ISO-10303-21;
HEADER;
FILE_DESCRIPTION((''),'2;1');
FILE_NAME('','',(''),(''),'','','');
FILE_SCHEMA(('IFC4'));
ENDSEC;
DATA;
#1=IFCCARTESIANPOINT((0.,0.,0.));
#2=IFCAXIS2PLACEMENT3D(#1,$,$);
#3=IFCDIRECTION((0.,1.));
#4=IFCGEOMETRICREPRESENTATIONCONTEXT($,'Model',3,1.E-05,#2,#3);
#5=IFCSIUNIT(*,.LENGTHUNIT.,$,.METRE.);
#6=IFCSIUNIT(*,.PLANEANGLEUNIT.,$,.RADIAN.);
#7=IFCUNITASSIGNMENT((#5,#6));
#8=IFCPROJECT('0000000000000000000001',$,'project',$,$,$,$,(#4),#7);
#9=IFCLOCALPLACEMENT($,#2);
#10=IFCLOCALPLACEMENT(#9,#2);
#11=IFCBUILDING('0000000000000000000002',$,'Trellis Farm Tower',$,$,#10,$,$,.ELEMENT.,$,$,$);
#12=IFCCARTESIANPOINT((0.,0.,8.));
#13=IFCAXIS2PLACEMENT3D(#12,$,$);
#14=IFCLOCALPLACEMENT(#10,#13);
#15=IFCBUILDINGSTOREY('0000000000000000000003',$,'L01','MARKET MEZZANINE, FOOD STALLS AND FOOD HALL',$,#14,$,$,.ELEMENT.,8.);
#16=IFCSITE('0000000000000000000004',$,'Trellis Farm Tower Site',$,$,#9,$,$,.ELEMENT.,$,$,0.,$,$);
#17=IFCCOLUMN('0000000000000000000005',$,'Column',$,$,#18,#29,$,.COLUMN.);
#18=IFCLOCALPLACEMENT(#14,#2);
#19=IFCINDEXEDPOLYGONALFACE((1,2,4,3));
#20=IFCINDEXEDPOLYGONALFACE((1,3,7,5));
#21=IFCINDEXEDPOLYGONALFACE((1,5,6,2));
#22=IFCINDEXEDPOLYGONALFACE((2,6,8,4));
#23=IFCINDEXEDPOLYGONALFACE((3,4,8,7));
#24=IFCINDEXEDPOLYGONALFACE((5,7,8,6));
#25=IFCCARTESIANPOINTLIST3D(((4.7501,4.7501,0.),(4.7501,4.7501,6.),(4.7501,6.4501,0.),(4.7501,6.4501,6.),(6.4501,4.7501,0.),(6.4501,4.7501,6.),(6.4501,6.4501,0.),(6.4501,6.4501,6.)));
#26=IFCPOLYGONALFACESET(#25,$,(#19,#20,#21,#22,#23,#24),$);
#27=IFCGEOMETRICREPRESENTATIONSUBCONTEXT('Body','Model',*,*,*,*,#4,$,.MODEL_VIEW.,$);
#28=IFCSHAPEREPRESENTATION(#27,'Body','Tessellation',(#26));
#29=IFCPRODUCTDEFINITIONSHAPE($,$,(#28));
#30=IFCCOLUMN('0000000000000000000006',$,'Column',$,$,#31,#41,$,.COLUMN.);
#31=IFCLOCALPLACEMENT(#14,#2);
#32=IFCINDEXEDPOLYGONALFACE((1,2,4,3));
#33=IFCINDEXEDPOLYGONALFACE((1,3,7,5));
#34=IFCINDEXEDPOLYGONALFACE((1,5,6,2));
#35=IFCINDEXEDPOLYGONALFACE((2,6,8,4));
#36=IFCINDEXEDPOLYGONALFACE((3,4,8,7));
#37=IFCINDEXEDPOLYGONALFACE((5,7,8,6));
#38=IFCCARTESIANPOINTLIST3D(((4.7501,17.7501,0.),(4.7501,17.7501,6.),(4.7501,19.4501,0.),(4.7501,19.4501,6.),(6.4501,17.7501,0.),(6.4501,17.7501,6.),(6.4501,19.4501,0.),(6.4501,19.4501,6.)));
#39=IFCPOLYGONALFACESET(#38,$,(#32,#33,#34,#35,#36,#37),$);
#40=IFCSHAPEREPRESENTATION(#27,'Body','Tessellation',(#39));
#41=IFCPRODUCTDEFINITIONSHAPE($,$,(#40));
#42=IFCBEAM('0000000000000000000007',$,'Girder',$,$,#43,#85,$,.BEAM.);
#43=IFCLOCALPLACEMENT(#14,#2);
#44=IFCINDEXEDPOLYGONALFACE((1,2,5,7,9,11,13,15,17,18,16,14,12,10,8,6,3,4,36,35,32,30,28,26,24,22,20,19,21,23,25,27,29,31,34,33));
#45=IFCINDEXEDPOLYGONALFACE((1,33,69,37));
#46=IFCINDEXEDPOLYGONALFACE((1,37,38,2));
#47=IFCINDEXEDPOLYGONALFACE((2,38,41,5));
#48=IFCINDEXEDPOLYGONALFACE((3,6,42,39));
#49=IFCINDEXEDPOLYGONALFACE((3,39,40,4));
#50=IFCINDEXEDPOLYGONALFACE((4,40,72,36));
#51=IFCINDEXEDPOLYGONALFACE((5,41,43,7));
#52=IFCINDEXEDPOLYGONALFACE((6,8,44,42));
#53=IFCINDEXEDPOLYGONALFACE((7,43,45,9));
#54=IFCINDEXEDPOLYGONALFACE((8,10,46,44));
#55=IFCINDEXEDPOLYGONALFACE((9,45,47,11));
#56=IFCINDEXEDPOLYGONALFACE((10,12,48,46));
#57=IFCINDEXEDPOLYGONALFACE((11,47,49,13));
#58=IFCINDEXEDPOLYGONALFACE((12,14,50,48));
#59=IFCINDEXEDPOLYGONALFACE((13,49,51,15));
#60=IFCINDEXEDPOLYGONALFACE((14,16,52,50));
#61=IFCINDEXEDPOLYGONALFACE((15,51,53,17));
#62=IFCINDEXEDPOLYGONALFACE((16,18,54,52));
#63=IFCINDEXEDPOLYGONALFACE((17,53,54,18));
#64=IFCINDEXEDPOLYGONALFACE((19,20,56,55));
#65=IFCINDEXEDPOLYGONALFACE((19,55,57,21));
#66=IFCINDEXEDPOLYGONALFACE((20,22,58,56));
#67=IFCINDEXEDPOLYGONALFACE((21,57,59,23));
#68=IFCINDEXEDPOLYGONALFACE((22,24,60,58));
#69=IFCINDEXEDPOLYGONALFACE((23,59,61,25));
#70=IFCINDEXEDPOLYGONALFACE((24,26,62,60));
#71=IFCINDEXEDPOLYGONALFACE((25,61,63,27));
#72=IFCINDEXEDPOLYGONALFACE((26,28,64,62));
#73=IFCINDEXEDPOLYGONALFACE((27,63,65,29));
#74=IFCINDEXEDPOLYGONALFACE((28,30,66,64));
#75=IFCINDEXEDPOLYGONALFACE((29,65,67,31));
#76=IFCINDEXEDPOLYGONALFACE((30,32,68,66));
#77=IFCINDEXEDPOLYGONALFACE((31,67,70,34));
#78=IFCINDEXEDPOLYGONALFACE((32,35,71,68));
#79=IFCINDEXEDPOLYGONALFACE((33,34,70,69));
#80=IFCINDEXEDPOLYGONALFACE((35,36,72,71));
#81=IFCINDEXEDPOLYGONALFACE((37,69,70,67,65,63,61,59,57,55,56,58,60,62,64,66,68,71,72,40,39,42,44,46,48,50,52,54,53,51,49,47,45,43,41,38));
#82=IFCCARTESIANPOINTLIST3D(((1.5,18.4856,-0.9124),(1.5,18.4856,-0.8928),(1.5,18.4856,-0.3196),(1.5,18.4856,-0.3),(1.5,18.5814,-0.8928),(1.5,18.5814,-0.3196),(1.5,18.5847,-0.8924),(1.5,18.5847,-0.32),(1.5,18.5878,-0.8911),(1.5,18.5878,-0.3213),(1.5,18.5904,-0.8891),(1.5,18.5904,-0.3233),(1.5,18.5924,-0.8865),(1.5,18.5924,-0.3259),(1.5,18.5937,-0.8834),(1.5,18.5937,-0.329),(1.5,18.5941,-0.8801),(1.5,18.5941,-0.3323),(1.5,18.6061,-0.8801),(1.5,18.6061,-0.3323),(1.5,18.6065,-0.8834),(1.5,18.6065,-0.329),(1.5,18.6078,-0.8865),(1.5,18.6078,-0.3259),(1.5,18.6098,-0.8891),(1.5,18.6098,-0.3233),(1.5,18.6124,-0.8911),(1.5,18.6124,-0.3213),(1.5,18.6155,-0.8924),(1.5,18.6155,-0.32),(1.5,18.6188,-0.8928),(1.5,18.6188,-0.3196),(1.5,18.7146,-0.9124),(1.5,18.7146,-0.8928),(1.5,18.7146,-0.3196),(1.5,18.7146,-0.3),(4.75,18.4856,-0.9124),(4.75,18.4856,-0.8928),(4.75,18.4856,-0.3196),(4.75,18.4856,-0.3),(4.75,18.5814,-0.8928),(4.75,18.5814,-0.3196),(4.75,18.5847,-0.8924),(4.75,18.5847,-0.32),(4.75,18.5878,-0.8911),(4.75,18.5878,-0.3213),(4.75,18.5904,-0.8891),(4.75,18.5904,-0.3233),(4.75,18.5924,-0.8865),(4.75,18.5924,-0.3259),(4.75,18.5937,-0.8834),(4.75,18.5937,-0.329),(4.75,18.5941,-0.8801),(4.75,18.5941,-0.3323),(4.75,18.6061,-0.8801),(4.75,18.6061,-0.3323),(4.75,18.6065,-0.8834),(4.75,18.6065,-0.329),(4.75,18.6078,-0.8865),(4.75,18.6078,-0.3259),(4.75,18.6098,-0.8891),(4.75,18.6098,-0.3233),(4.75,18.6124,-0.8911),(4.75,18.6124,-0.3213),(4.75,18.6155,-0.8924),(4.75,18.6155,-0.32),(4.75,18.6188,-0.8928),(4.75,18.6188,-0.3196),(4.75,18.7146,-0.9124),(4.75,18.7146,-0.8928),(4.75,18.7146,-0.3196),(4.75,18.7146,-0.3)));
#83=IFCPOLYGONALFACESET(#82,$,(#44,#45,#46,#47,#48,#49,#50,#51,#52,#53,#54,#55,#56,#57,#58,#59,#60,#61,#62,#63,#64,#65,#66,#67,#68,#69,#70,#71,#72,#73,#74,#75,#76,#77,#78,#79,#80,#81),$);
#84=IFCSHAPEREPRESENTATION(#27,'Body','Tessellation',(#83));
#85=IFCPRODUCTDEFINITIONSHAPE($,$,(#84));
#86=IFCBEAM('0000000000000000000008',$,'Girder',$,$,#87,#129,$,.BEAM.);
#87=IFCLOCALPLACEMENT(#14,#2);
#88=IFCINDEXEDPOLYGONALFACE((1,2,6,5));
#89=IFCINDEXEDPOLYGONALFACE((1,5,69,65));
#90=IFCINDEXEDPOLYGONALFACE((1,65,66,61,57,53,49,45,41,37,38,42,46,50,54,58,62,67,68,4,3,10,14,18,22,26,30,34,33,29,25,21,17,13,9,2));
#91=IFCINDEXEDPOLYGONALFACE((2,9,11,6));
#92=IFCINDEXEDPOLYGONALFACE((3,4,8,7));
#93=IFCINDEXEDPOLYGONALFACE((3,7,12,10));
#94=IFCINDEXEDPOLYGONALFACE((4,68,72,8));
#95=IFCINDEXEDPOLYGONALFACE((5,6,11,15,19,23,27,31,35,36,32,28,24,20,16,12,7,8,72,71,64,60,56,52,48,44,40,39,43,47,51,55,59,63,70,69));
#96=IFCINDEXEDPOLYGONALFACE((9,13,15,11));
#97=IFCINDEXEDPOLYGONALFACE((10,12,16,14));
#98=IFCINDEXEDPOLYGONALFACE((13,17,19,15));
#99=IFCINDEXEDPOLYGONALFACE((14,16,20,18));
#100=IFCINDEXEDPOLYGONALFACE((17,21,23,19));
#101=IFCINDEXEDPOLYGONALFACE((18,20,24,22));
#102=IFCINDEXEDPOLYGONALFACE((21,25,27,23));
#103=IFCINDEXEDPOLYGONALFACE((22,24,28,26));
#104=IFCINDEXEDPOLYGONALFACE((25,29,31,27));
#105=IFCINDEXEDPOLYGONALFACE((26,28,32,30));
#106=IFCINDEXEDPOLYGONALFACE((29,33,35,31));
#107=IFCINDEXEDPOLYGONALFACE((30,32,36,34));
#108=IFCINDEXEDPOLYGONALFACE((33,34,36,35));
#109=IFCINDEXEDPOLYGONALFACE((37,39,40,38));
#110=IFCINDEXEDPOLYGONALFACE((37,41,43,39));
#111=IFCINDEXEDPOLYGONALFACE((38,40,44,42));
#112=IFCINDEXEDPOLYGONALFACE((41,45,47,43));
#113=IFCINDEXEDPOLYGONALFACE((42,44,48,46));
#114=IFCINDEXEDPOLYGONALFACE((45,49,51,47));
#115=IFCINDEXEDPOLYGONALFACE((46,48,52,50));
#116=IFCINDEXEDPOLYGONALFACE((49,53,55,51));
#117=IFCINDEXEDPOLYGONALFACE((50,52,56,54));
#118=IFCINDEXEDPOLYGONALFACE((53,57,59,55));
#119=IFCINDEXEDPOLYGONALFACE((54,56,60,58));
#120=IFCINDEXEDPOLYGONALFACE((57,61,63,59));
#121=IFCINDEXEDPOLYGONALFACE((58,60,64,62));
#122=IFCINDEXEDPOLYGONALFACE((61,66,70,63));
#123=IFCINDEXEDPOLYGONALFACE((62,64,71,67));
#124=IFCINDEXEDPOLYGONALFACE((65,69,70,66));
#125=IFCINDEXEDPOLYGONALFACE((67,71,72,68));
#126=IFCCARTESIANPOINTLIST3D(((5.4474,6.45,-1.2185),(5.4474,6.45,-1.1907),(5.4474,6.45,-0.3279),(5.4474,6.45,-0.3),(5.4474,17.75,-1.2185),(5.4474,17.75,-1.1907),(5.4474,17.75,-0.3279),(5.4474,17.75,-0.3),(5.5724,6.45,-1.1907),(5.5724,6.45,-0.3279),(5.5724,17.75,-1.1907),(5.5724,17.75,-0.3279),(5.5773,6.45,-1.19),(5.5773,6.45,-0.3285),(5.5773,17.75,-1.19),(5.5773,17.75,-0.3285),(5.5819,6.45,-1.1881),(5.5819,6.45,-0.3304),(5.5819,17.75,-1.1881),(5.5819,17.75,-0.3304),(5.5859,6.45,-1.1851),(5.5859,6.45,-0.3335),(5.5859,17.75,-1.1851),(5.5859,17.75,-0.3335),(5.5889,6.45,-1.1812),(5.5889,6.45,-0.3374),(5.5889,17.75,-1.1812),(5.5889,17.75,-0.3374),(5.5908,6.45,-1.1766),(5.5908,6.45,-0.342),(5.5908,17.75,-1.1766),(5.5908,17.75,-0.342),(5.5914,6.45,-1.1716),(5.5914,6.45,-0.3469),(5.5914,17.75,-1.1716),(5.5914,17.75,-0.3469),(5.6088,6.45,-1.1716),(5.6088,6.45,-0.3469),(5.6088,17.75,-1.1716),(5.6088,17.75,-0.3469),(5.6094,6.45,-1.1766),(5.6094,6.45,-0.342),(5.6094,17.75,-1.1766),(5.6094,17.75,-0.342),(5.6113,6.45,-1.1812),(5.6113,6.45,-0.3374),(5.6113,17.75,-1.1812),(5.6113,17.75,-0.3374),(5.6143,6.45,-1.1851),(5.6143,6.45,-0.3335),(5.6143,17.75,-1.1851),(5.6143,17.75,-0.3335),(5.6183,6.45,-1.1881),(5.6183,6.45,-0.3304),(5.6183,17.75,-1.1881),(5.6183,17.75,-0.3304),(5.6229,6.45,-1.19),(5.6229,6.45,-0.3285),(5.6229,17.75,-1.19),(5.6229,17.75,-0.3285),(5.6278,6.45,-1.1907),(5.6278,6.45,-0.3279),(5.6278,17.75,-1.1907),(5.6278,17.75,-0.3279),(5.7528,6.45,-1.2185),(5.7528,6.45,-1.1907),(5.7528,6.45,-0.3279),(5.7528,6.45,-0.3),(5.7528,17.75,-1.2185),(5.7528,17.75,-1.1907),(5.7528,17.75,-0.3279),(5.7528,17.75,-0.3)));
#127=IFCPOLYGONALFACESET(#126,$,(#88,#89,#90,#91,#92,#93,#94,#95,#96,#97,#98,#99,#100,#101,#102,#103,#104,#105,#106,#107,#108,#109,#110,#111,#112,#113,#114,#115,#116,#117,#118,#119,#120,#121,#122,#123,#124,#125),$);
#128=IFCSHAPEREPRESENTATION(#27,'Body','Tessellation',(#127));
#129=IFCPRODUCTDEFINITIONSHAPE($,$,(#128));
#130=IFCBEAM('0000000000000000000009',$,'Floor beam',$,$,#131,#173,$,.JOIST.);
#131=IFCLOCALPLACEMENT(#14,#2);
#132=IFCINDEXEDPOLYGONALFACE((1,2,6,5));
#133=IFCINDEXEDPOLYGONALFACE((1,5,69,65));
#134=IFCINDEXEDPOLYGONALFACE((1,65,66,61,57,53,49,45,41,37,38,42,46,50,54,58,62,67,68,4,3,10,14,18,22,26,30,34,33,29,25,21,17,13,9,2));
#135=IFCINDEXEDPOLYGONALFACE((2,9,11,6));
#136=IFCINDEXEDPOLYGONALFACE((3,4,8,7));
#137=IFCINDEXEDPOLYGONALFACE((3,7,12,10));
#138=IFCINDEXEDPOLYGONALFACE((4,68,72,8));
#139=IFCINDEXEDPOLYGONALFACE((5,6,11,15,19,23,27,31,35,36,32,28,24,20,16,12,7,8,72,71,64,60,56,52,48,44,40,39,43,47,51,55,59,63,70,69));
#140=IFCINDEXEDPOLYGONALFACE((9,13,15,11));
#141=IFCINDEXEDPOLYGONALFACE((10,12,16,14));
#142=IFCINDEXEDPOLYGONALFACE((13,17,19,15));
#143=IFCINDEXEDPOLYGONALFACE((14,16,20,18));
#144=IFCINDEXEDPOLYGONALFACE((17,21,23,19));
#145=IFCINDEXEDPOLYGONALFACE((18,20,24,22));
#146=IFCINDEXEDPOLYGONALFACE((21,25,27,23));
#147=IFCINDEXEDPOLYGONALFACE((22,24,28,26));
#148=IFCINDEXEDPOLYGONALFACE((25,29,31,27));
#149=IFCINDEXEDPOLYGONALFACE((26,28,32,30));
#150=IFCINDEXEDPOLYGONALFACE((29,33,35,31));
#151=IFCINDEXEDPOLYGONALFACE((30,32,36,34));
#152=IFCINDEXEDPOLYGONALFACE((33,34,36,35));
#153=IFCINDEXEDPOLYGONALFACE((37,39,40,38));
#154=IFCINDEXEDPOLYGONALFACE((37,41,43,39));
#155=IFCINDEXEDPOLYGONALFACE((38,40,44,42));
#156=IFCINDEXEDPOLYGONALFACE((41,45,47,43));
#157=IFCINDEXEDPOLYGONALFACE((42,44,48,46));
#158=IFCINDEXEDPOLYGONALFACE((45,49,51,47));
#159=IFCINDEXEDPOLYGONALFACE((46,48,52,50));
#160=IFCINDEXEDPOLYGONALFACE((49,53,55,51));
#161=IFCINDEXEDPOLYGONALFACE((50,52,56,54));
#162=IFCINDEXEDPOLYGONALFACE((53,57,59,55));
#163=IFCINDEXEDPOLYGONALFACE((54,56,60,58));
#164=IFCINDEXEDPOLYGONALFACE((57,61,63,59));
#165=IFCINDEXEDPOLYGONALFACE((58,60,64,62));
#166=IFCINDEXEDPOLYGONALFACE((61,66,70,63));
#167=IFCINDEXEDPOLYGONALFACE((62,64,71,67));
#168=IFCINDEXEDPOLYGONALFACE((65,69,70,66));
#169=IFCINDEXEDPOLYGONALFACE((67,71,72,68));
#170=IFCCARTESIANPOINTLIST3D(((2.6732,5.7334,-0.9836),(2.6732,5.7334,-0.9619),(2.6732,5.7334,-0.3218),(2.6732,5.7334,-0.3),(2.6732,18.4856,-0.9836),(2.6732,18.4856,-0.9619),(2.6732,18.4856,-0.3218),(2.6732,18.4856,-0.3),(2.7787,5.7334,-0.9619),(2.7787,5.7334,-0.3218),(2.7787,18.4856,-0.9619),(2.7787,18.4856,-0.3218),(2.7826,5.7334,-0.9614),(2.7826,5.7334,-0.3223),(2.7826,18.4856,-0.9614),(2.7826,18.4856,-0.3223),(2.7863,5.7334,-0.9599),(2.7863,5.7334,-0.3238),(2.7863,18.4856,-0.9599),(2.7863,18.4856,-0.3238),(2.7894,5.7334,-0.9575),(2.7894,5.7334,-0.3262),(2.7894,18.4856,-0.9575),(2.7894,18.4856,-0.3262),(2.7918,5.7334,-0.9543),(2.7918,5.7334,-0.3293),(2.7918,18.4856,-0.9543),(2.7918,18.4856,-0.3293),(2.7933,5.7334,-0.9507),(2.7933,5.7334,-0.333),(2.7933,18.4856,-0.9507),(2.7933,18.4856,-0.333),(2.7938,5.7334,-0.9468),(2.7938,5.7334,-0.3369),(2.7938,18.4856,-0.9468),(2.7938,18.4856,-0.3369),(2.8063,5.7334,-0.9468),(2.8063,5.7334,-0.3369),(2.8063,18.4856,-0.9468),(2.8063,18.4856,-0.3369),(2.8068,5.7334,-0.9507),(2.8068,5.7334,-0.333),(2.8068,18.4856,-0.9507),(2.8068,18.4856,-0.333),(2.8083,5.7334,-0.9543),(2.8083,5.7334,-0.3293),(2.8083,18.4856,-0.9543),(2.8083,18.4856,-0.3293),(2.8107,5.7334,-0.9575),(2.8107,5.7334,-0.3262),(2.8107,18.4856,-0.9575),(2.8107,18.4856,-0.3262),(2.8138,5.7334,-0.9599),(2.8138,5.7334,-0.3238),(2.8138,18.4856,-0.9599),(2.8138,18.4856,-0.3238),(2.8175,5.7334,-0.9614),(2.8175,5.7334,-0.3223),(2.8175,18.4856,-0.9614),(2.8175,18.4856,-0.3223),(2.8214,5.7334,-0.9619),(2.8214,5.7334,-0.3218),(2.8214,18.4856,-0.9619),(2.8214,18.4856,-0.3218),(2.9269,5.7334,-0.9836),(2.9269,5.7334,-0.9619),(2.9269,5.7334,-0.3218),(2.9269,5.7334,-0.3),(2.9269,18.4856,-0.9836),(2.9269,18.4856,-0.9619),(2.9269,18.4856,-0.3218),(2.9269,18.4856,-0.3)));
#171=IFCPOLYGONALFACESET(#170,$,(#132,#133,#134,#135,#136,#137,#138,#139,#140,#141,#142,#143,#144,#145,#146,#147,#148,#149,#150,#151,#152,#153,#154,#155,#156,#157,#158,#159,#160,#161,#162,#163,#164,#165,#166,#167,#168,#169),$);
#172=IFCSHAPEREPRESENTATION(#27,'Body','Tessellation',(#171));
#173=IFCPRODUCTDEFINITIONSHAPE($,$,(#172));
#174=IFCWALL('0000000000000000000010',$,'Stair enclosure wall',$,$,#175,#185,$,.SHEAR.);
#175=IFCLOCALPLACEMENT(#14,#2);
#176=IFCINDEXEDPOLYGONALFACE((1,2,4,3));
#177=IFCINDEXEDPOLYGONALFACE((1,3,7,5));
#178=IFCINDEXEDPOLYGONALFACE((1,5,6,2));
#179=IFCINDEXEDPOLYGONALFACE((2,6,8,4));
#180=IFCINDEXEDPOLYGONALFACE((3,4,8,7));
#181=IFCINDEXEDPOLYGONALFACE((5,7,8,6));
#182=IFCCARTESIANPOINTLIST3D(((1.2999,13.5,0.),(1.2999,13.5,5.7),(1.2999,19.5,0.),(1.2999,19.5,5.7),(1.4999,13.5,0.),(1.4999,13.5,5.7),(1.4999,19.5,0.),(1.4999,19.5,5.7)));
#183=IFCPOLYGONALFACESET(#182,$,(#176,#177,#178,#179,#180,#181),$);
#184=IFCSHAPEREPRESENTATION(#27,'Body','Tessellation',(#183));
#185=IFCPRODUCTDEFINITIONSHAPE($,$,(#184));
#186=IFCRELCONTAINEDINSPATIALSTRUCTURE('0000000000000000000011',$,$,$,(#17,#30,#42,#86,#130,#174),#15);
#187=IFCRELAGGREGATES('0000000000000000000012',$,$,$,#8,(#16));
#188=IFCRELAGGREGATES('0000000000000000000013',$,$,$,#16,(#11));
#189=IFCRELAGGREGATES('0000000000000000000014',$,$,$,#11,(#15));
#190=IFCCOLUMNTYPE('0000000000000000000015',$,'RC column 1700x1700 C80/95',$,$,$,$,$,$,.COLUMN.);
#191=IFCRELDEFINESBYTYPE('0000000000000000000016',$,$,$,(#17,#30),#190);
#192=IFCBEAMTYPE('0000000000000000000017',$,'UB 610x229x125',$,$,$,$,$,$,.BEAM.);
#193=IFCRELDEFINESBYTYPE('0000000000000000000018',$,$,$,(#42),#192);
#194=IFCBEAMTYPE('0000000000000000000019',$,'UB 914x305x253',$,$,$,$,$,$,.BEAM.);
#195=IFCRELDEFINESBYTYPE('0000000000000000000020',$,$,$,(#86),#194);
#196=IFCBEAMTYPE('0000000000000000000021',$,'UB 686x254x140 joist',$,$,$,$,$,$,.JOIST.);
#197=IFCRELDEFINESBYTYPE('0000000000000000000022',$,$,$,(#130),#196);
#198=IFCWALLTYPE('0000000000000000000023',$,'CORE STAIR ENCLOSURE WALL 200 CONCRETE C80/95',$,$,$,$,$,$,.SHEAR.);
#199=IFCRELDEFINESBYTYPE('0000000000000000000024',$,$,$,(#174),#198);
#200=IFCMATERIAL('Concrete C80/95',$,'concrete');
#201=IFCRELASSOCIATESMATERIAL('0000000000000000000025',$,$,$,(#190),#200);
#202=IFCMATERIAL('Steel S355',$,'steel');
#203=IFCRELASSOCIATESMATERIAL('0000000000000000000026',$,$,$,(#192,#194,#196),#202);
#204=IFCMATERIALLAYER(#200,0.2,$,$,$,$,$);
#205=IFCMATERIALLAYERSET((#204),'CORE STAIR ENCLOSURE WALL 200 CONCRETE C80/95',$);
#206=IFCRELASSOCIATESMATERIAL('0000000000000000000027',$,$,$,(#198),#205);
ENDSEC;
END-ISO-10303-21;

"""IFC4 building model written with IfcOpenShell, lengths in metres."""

from ifc_helpers import new_model, si_unit, direction, frame, frame_2d, origin, origin_2d, place, context, subcontext, project, spatial, rectangle, i_section, extrude, source, transform, mapped, material, layer, layer_set, material_profile, profile_set, type_object, element, save


model = new_model("IFC4")

# Units and contexts
model_context = context("Model", 3, precision=1e-05, world=origin(), true_north=direction((0.0, 1.0)))
body_context = subcontext(model_context, "Body", "Model", "MODEL_VIEW")
ifc_project = project(units=[si_unit("LENGTHUNIT", "METRE"), si_unit("PLANEANGLEUNIT", "RADIAN")], contexts=[model_context])

# Site, building, storey
site_placement = place(None, origin())
site = spatial("IfcSite", under=ifc_project, at=site_placement, Name="Trellis Farm Tower Site", CompositionType="ELEMENT", RefElevation=0.0)
building_placement = place(site_placement, origin())
building = spatial("IfcBuilding", under=site, at=building_placement, Name="Trellis Farm Tower", CompositionType="ELEMENT")
storey_placement = place(building_placement, frame((0.0, 0.0, 8.0)))
storey = spatial("IfcBuildingStorey", under=building, at=storey_placement, Name="L01", Description="MARKET MEZZANINE, FOOD STALLS AND FOOD HALL", CompositionType="ELEMENT", Elevation=8.0)

# Columns
ifc_material_1 = material(Name="Concrete C80/95", Category="concrete")
ifc_material_profile_1 = material_profile(ifc_material_1, rectangle(XDim=1.7, YDim=1.7, at=origin_2d()), Name="RC column 1700x1700 C80/95")
ifc_profile_set_1 = profile_set([ifc_material_profile_1], Name="Concrete C80/95")
column_type = type_object("IfcColumnType", Name="RC column 1700x1700 C80/95", PredefinedType="COLUMN", material=ifc_profile_set_1)
shared_shape_1 = source(origin(), body_context, "Body", "SweptSolid", [
    extrude(rectangle(XDim=1.7, YDim=1.7, at=origin_2d()), origin(), (0.0, 0.0, 1.0), 6.0),
])
for number, where, z_axis, x_axis, name in (
    (1, (5.6001, 5.6001, 0.0), (0.0, 0.0, 1.0), (1.0, 0.0, 0.0), "Column"),
    (2, (5.6001, 18.6001, 0.0), (0.0, 0.0, 1.0), (1.0, 0.0, 0.0), "Column"),
):
    element("IfcColumn", number, at=place(storey_placement, frame(where, z_axis=z_axis, x_axis=x_axis)), inside=storey, type_object=column_type, Name=name, PredefinedType="COLUMN", context=body_context, shape_type="MappedRepresentation", body=[
        mapped(shared_shape_1, transform((0.0, 0.0, 0.0))),
    ])

# Beams
ifc_material_2 = material(Name="Steel S355", Category="steel")
ifc_material_profile_2 = material_profile(ifc_material_2, i_section(OverallWidth=0.229, OverallDepth=0.6123, WebThickness=0.012, FlangeThickness=0.0195, FilletRadius=0.0127, at=origin_2d()), Name="UB 610x229x125")
ifc_profile_set_2 = profile_set([ifc_material_profile_2], Name="Steel S355")
beam_type_1 = type_object("IfcBeamType", Name="UB 610x229x125", PredefinedType="BEAM", material=ifc_profile_set_2)
shared_shape_2 = source(origin(), body_context, "Body", "SweptSolid", [
    extrude(i_section(OverallWidth=0.229, OverallDepth=0.6123, WebThickness=0.012, FlangeThickness=0.0195, FilletRadius=0.0127, at=origin_2d()), origin(), (0.0, 0.0, 1.0), 3.25),
])
beam_1_placement = place(storey_placement, frame((1.5, 18.6001, -0.6062), z_axis=(1.0, 0.0, 0.0), x_axis=(0.0, 1.0, 0.0)))
element("IfcBeam", 3, at=beam_1_placement, inside=storey, type_object=beam_type_1, Name="Girder", PredefinedType="BEAM", context=body_context, shape_type="MappedRepresentation", body=[
    mapped(shared_shape_2, transform((0.0, 0.0, 0.0))),
])
ifc_material_profile_3 = material_profile(ifc_material_2, i_section(OverallWidth=0.3054, OverallDepth=0.9185, WebThickness=0.0173, FlangeThickness=0.0278, FilletRadius=0.019, at=origin_2d()), Name="UB 914x305x253")
ifc_profile_set_3 = profile_set([ifc_material_profile_3], Name="Steel S355")
beam_type_2 = type_object("IfcBeamType", Name="UB 914x305x253", PredefinedType="BEAM", material=ifc_profile_set_3)
shared_shape_3 = source(origin(), body_context, "Body", "SweptSolid", [
    extrude(i_section(OverallWidth=0.3054, OverallDepth=0.9185, WebThickness=0.0173, FlangeThickness=0.0278, FilletRadius=0.019, at=origin_2d()), origin(), (0.0, 0.0, 1.0), 11.3),
])
beam_2_placement = place(storey_placement, frame((5.6001, 6.45, -0.7593), z_axis=(0.0, 1.0, 0.0), x_axis=(-1.0, 0.0, 0.0)))
element("IfcBeam", 4, at=beam_2_placement, inside=storey, type_object=beam_type_2, Name="Girder", PredefinedType="BEAM", context=body_context, shape_type="MappedRepresentation", body=[
    mapped(shared_shape_3, transform((0.0, 0.0, 0.0))),
])
ifc_material_profile_4 = material_profile(ifc_material_2, i_section(OverallWidth=0.2537, OverallDepth=0.6836, WebThickness=0.0125, FlangeThickness=0.0217, FilletRadius=0.0151, at=origin_2d()), Name="UB 686x254x140")
ifc_profile_set_4 = profile_set([ifc_material_profile_4], Name="Steel S355")
beam_type_3 = type_object("IfcBeamType", Name="UB 686x254x140 joist", PredefinedType="JOIST", material=ifc_profile_set_4)
shared_shape_4 = source(origin(), body_context, "Body", "SweptSolid", [
    extrude(i_section(OverallWidth=0.2537, OverallDepth=0.6836, WebThickness=0.0125, FlangeThickness=0.0217, FilletRadius=0.0151, at=origin_2d()), origin(), (0.0, 0.0, 1.0), 12.7522),
])
beam_3_placement = place(storey_placement, frame((2.8, 5.7334, -0.6418), z_axis=(0.0, 1.0, 0.0), x_axis=(-1.0, 0.0, 0.0)))
element("IfcBeam", 5, at=beam_3_placement, inside=storey, type_object=beam_type_3, Name="Floor beam", PredefinedType="JOIST", context=body_context, shape_type="MappedRepresentation", body=[
    mapped(shared_shape_4, transform((0.0, 0.0, 0.0))),
])

# Wall
ifc_layer_1 = layer(ifc_material_1, 0.2)
ifc_layer_set_1 = layer_set([ifc_layer_1], Name="CORE STAIR ENCLOSURE WALL 200 CONCRETE C80/95")
wall_type = type_object("IfcWallType", Name="CORE STAIR ENCLOSURE WALL 200 CONCRETE C80/95", PredefinedType="SHEAR", material=ifc_layer_set_1)
shared_shape_5 = source(origin(), body_context, "Body", "SweptSolid", [
    extrude(rectangle(XDim=6.0, YDim=0.2, at=frame_2d((3.0, 0.0))), origin(), (0.0, 0.0, 1.0), 5.7),
])
wall_placement = place(storey_placement, frame((1.3999, 13.5, 0.0), z_axis=(0.0, 0.0, 1.0), x_axis=(0.0, 1.0, 0.0)))
element("IfcWall", 6, at=wall_placement, inside=storey, type_object=wall_type, Name="Stair enclosure wall", PredefinedType="SHEAR", context=body_context, shape_type="MappedRepresentation", body=[
    mapped(shared_shape_5, transform((0.0, 0.0, 0.0))),
])

save(model, "model.ifc")
